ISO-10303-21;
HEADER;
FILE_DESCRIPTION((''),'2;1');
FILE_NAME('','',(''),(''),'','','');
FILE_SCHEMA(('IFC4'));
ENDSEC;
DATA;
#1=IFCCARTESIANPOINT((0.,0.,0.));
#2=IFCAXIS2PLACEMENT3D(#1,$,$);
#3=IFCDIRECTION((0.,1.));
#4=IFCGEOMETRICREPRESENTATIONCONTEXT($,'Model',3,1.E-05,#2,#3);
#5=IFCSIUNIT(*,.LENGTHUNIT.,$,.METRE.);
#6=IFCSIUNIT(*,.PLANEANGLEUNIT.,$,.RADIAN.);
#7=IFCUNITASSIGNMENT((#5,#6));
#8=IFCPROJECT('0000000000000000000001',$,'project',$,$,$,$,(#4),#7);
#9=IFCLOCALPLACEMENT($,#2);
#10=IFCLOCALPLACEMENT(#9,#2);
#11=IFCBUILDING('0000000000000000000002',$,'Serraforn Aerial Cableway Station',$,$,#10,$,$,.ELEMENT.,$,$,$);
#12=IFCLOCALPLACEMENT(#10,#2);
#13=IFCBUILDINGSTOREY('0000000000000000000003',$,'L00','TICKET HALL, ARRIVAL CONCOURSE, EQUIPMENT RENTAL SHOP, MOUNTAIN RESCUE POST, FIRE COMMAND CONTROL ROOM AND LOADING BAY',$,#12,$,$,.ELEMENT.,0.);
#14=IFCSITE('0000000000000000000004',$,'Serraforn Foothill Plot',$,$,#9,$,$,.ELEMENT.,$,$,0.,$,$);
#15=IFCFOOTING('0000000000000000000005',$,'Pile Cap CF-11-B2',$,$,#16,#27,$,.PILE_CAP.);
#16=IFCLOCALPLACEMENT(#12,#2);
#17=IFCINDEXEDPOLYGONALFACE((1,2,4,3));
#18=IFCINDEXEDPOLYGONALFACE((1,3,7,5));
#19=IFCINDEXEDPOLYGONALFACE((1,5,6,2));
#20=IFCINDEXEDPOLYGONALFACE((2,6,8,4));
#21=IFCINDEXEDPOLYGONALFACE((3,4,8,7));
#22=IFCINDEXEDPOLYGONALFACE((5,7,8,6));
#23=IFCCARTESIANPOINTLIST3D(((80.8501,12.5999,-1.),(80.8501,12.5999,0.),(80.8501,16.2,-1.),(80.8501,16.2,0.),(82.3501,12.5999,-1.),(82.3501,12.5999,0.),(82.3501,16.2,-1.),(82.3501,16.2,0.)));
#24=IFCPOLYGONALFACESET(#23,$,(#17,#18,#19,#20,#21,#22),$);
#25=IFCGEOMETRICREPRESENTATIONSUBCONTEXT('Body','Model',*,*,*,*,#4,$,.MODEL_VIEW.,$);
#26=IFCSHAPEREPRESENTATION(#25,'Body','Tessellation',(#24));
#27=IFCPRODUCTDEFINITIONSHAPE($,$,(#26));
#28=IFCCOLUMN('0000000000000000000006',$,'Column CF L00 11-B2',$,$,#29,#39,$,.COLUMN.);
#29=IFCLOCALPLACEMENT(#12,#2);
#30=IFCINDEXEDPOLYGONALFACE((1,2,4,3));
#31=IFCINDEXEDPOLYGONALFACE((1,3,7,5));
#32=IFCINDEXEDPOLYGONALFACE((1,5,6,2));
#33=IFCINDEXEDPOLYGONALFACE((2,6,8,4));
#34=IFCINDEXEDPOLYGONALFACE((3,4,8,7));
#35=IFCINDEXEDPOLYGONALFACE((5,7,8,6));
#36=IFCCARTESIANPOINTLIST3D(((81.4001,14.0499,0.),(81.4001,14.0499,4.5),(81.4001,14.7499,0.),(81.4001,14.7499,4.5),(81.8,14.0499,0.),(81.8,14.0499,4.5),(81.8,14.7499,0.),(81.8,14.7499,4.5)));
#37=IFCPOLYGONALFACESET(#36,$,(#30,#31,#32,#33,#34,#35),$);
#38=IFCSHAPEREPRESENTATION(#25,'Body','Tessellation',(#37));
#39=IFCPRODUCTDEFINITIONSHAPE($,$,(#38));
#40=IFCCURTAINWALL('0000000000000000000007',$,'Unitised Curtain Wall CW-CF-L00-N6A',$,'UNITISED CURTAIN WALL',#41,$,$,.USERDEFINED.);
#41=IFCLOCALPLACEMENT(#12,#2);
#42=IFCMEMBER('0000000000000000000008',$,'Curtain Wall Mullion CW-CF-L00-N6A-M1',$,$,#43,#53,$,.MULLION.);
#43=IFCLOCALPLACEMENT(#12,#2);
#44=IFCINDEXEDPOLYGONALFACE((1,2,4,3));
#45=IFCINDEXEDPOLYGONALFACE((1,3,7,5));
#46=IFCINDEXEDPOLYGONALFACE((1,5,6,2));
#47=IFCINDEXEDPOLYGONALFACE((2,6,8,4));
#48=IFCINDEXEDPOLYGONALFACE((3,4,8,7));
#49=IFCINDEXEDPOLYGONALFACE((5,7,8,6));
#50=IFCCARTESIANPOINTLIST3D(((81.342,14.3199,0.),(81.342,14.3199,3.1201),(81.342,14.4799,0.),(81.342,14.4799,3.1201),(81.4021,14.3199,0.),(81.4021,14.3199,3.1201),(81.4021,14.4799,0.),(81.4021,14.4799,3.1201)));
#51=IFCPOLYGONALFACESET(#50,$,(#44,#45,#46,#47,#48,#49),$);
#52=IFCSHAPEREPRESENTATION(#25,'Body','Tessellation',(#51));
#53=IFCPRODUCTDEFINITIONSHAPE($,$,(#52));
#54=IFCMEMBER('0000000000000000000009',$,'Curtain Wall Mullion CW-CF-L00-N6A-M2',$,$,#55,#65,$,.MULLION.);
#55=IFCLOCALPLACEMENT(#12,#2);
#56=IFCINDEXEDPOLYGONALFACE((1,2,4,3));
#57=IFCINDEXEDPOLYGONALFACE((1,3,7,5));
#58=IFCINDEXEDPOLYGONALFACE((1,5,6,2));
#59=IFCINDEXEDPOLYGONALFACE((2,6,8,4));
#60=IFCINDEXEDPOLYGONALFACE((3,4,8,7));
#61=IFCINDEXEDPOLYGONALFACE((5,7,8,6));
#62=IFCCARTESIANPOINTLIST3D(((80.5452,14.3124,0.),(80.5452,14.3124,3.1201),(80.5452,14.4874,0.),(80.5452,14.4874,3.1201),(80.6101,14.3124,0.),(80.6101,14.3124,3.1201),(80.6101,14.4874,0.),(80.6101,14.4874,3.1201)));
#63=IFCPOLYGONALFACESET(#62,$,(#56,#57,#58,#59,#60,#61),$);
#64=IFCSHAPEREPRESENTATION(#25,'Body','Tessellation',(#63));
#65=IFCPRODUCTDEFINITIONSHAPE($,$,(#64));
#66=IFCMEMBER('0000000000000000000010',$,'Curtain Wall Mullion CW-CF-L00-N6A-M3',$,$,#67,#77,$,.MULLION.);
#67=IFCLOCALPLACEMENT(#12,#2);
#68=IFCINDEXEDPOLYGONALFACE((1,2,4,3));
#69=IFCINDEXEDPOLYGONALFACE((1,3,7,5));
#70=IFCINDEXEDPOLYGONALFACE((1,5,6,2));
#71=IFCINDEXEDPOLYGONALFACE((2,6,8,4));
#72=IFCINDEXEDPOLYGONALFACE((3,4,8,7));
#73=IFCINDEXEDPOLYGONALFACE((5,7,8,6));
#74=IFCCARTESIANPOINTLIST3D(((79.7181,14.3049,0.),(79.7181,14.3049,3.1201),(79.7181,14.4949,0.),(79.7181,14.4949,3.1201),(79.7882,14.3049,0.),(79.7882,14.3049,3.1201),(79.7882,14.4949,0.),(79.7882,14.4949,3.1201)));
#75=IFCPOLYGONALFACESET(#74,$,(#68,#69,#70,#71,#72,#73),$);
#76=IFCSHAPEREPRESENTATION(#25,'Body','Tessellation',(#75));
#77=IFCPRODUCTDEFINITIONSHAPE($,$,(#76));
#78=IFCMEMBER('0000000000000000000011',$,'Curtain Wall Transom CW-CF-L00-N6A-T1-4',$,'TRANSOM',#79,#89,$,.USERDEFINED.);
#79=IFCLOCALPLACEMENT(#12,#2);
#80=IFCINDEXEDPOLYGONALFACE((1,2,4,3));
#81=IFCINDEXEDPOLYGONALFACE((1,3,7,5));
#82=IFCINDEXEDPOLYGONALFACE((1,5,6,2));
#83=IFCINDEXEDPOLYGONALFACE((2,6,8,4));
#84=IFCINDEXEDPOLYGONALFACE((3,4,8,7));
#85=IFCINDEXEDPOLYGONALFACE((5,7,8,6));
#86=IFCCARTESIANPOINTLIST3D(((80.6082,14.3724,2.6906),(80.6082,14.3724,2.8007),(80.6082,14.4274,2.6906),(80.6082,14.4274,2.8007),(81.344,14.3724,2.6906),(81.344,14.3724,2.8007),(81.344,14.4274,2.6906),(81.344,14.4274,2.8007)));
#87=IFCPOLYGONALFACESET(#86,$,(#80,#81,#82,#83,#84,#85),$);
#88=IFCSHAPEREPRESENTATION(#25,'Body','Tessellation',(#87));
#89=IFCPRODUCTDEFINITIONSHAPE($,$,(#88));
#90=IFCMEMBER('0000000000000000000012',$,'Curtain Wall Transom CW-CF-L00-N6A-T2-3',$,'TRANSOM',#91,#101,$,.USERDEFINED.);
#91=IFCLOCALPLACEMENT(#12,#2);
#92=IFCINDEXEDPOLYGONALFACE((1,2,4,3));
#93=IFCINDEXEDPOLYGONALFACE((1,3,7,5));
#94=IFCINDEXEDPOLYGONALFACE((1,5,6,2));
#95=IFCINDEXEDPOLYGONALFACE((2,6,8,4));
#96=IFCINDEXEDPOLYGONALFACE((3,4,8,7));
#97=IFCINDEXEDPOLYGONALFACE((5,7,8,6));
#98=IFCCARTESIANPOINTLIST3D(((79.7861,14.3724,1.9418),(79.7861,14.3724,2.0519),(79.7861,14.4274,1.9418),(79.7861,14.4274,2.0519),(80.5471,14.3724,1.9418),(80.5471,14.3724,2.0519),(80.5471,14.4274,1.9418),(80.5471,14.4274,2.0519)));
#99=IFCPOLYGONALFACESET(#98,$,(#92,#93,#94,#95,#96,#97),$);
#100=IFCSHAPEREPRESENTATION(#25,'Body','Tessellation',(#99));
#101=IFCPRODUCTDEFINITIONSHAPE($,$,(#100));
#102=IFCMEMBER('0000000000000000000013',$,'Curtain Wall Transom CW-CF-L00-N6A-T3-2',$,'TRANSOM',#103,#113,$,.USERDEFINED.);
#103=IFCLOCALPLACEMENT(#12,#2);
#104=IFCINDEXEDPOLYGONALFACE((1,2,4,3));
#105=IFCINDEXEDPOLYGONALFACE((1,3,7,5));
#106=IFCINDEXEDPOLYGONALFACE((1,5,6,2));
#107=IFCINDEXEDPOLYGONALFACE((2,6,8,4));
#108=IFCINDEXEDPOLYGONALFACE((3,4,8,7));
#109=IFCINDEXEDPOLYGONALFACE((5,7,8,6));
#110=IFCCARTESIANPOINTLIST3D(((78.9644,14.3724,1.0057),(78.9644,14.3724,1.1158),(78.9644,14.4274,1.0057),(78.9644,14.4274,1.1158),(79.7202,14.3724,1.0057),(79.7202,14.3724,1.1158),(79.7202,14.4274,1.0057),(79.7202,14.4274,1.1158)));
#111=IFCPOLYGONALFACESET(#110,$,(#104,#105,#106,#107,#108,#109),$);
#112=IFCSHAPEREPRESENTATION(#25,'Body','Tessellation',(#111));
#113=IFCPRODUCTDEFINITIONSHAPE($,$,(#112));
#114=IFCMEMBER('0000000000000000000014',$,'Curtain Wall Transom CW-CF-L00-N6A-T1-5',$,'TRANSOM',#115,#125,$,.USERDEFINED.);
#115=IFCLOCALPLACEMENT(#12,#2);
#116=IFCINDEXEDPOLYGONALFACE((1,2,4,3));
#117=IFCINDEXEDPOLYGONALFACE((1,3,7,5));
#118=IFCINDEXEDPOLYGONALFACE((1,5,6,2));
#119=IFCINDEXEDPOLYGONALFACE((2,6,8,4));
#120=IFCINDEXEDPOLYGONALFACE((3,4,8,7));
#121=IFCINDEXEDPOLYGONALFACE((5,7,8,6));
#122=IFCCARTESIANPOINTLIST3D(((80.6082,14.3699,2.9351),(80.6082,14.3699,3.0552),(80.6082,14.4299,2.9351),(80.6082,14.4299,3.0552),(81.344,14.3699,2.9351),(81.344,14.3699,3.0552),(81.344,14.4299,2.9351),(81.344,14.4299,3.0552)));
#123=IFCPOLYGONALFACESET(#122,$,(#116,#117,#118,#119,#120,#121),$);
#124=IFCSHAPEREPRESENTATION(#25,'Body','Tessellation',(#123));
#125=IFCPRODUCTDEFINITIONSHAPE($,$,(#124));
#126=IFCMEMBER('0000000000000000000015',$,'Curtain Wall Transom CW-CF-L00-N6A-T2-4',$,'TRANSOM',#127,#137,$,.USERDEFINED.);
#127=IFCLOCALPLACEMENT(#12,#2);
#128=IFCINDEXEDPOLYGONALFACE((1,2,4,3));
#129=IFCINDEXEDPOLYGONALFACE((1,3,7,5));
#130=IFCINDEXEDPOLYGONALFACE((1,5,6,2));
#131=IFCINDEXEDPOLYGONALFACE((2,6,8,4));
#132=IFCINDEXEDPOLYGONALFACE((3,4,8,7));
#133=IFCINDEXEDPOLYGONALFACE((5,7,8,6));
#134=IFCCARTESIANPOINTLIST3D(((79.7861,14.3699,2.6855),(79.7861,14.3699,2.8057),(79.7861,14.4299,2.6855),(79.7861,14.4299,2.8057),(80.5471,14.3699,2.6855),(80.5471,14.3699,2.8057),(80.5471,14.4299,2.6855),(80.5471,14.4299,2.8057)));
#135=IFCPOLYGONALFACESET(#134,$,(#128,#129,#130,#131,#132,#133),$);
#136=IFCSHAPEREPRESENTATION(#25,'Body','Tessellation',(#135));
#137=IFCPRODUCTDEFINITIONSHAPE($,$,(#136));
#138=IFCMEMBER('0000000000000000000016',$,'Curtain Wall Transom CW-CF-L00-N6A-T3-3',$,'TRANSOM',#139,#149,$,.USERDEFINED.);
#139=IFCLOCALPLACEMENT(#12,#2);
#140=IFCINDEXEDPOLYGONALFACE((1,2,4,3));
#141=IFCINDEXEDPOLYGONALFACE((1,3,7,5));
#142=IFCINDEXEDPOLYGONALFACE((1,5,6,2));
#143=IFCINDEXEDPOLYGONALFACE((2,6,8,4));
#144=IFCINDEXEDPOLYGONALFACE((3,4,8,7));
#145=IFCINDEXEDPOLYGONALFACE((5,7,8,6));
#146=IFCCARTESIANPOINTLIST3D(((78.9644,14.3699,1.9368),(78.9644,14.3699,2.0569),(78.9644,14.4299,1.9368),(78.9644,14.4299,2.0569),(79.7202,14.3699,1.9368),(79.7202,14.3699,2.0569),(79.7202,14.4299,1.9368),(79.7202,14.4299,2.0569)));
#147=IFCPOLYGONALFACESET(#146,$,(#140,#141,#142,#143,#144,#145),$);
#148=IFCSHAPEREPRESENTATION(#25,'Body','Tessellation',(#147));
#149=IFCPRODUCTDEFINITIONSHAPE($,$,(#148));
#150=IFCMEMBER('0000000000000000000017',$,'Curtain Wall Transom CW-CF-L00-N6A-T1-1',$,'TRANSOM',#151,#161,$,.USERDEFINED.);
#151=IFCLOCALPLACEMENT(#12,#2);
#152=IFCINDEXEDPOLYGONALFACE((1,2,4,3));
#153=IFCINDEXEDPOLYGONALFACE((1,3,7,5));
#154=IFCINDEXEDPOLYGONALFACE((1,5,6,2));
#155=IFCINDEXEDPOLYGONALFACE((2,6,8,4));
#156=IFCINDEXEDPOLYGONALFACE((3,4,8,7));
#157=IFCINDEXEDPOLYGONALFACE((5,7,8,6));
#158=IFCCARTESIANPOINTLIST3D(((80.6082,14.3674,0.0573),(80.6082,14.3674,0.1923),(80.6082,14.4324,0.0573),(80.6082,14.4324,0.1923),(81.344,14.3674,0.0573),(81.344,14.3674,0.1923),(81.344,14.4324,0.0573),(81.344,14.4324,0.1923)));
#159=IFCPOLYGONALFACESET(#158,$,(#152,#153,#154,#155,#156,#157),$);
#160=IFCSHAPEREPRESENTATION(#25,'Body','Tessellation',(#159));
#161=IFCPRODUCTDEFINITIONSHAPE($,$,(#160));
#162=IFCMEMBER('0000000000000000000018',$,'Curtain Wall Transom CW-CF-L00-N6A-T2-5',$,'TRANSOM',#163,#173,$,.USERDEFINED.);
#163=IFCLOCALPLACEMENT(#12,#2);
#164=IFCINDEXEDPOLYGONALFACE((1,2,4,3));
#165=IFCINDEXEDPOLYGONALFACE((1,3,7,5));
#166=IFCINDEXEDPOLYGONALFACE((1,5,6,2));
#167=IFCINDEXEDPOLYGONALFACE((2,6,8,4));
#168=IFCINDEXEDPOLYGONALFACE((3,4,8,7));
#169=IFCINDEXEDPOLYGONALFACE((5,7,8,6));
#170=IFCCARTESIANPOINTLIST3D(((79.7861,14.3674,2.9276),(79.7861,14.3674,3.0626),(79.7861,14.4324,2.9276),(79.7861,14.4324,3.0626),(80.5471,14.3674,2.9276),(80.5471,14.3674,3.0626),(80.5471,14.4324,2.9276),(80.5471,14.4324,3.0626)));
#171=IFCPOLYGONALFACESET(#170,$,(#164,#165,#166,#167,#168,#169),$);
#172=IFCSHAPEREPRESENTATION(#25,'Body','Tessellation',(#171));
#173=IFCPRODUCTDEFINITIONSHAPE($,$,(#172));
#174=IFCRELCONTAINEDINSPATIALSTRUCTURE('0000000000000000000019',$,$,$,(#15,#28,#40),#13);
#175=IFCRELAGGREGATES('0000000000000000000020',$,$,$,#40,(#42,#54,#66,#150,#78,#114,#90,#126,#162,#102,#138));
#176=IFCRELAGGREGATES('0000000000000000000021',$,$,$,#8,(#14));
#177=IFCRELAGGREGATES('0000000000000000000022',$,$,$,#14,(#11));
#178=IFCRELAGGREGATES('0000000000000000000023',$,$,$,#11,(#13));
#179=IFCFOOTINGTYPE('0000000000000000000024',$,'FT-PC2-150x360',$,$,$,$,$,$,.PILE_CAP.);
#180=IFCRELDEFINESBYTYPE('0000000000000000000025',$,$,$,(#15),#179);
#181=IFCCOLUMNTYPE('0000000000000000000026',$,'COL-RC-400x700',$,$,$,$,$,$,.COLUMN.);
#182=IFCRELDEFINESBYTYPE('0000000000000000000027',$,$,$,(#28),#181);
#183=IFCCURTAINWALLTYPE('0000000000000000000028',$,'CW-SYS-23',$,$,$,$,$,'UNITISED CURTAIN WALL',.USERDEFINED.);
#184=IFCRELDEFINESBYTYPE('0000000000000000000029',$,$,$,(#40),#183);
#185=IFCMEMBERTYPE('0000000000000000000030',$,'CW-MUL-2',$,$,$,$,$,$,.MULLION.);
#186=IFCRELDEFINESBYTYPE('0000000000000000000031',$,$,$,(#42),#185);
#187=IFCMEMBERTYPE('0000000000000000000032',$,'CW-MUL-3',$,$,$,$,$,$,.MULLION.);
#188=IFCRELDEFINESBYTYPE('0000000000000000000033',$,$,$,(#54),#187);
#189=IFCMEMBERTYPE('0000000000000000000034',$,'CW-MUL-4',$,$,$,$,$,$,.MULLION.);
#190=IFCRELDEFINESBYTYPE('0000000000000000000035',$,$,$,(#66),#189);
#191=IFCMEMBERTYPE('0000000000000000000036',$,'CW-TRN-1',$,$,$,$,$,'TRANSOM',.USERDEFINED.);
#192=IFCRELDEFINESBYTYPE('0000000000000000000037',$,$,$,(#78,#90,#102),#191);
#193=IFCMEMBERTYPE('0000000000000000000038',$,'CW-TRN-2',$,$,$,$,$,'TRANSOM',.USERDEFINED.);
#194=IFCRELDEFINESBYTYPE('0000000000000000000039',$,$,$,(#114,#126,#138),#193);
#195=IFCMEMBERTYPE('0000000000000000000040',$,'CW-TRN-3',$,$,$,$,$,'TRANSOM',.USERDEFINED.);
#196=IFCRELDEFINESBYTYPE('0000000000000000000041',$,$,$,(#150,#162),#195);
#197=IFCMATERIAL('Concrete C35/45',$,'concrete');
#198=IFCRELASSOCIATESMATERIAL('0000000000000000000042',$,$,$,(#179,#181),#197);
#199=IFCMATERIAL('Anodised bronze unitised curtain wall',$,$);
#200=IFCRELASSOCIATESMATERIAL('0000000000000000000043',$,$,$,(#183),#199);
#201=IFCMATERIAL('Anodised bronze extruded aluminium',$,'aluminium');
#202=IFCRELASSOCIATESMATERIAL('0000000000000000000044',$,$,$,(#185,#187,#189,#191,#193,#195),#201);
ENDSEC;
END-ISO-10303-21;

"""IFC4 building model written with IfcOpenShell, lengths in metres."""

from ifc_helpers import new_model, si_unit, direction, frame, origin, origin_2d, place, context, subcontext, project, spatial, rectangle, extrude, material, material_profile, profile_set, type_object, element, aggregate, save


model = new_model("IFC4")

# Units and contexts
model_context = context("Model", 3, precision=1e-05, world=origin(), true_north=direction((0.0, 1.0)))
body_context = subcontext(model_context, "Body", "Model", "MODEL_VIEW")
ifc_project = project(units=[si_unit("LENGTHUNIT", "METRE"), si_unit("PLANEANGLEUNIT", "RADIAN")], contexts=[model_context])

# Site, building, storey
site_placement = place(None, origin())
site = spatial("IfcSite", under=ifc_project, at=site_placement, Name="Serraforn Foothill Plot", CompositionType="ELEMENT", RefElevation=0.0)
building_placement = place(site_placement, origin())
building = spatial("IfcBuilding", under=site, at=building_placement, Name="Serraforn Aerial Cableway Station", CompositionType="ELEMENT")
storey_placement = place(building_placement, origin())
storey = spatial("IfcBuildingStorey", under=building, at=storey_placement, Name="L00", Description="TICKET HALL, ARRIVAL CONCOURSE, EQUIPMENT RENTAL SHOP, MOUNTAIN RESCUE POST, FIRE COMMAND CONTROL ROOM AND LOADING BAY", CompositionType="ELEMENT", Elevation=0.0)

# Footing
ifc_material_1 = material(Name="Concrete C35/45", Category="concrete")
footing_type = type_object("IfcFootingType", Name="FT-PC2-150x360", PredefinedType="PILE_CAP", material=ifc_material_1)
footing_placement = place(storey_placement, frame((81.6001, 14.3999, -1.0), z_axis=(0.0, 0.0, 1.0), x_axis=(1.0, 0.0, 0.0)))
element("IfcFooting", 1, at=footing_placement, inside=storey, type_object=footing_type, Name="Pile Cap CF-11-B2", PredefinedType="PILE_CAP", context=body_context, shape_type="SweptSolid", body=[
    extrude(rectangle(XDim=1.5, YDim=3.6001, at=origin_2d()), origin(), (0.0, 0.0, 1.0), 1.0),
])

# Column
ifc_material_profile_1 = material_profile(ifc_material_1, rectangle(XDim=0.3999, YDim=0.7, at=origin_2d()), Name="RC 400x700")
ifc_profile_set_1 = profile_set([ifc_material_profile_1], Name="Concrete C35/45")
column_type = type_object("IfcColumnType", Name="COL-RC-400x700", PredefinedType="COLUMN", material=ifc_profile_set_1)
column_placement = place(storey_placement, frame((81.6001, 14.3999, 0.0), z_axis=(0.0, 0.0, 1.0), x_axis=(1.0, 0.0, 0.0)))
element("IfcColumn", 2, at=column_placement, inside=storey, type_object=column_type, Name="Column CF L00 11-B2", PredefinedType="COLUMN", context=body_context, shape_type="SweptSolid", body=[
    extrude(rectangle(XDim=0.3999, YDim=0.7, at=origin_2d()), origin(), (0.0, 0.0, 1.0), 4.5),
])

# Curtain wall, members
ifc_material_2 = material(Name="Anodised bronze unitised curtain wall")
curtain_wall_type = type_object("IfcCurtainWallType", Name="CW-SYS-23", ElementType="UNITISED CURTAIN WALL", PredefinedType="USERDEFINED", material=ifc_material_2)
curtain_wall_placement = place(storey_placement, origin())
curtain_wall = element("IfcCurtainWall", 3, at=curtain_wall_placement, inside=storey, type_object=curtain_wall_type, Name="Unitised Curtain Wall CW-CF-L00-N6A", ObjectType="UNITISED CURTAIN WALL", PredefinedType="USERDEFINED")
ifc_material_3 = material(Name="Anodised bronze extruded aluminium", Category="aluminium")
ifc_material_profile_2 = material_profile(ifc_material_3, rectangle(XDim=0.0601, YDim=0.1599, at=origin_2d()), Name="CW MULLION 60x160")
ifc_profile_set_2 = profile_set([ifc_material_profile_2], Name="Anodised bronze extruded aluminium")
member_type_1 = type_object("IfcMemberType", Name="CW-MUL-2", PredefinedType="MULLION", material=ifc_profile_set_2)
member_1_placement = place(storey_placement, frame((81.3721, 14.3999, 0.0), z_axis=(0.0, 0.0, 1.0), x_axis=(-1.0, 0.0, 0.0)))
member_1 = element("IfcMember", 4, at=member_1_placement, type_object=member_type_1, Name="Curtain Wall Mullion CW-CF-L00-N6A-M1", PredefinedType="MULLION", context=body_context, shape_type="SweptSolid", body=[
    extrude(rectangle(XDim=0.0601, YDim=0.1599, at=origin_2d()), origin(), (0.0, 0.0, 1.0), 3.1201),
])
ifc_material_profile_3 = material_profile(ifc_material_3, rectangle(XDim=0.0649, YDim=0.175, at=origin_2d()), Name="CW MULLION 65x175")
ifc_profile_set_3 = profile_set([ifc_material_profile_3], Name="Anodised bronze extruded aluminium")
member_type_2 = type_object("IfcMemberType", Name="CW-MUL-3", PredefinedType="MULLION", material=ifc_profile_set_3)
member_2_placement = place(storey_placement, frame((80.5776, 14.3999, 0.0), z_axis=(0.0, 0.0, 1.0), x_axis=(-1.0, 0.0, 0.0)))
member_2 = element("IfcMember", 5, at=member_2_placement, type_object=member_type_2, Name="Curtain Wall Mullion CW-CF-L00-N6A-M2", PredefinedType="MULLION", context=body_context, shape_type="SweptSolid", body=[
    extrude(rectangle(XDim=0.0649, YDim=0.175, at=origin_2d()), origin(), (0.0, 0.0, 1.0), 3.1201),
])
ifc_material_profile_4 = material_profile(ifc_material_3, rectangle(XDim=0.0701, YDim=0.1899, at=origin_2d()), Name="CW MULLION 70x190")
ifc_profile_set_4 = profile_set([ifc_material_profile_4], Name="Anodised bronze extruded aluminium")
member_type_3 = type_object("IfcMemberType", Name="CW-MUL-4", PredefinedType="MULLION", material=ifc_profile_set_4)
member_3_placement = place(storey_placement, frame((79.7532, 14.3999, 0.0), z_axis=(0.0, 0.0, 1.0), x_axis=(-1.0, 0.0, 0.0)))
member_3 = element("IfcMember", 6, at=member_3_placement, type_object=member_type_3, Name="Curtain Wall Mullion CW-CF-L00-N6A-M3", PredefinedType="MULLION", context=body_context, shape_type="SweptSolid", body=[
    extrude(rectangle(XDim=0.0701, YDim=0.1899, at=origin_2d()), origin(), (0.0, 0.0, 1.0), 3.1201),
])
ifc_material_profile_5 = material_profile(ifc_material_3, rectangle(XDim=0.0549, YDim=0.1101, at=origin_2d()), Name="CW TRANSOM 55x110")
ifc_profile_set_5 = profile_set([ifc_material_profile_5], Name="Anodised bronze extruded aluminium")
member_type_4 = type_object("IfcMemberType", Name="CW-TRN-1", ElementType="TRANSOM", PredefinedType="USERDEFINED", material=ifc_profile_set_5)
member_4_placement = place(storey_placement, frame((81.344, 14.3999, 2.7456), z_axis=(-1.0, 0.0, 0.0), x_axis=(0.0, -1.0, 0.0)))
member_4 = element("IfcMember", 7, at=member_4_placement, type_object=member_type_4, Name="Curtain Wall Transom CW-CF-L00-N6A-T1-4", ObjectType="TRANSOM", PredefinedType="USERDEFINED", context=body_context, shape_type="SweptSolid", body=[
    extrude(rectangle(XDim=0.0549, YDim=0.1101, at=origin_2d()), origin(), (0.0, 0.0, 1.0), 0.7358),
])
member_5_placement = place(storey_placement, frame((80.5471, 14.3999, 1.9968), z_axis=(-1.0, 0.0, 0.0), x_axis=(0.0, -1.0, 0.0)))
member_5 = element("IfcMember", 8, at=member_5_placement, type_object=member_type_4, Name="Curtain Wall Transom CW-CF-L00-N6A-T2-3", ObjectType="TRANSOM", PredefinedType="USERDEFINED", context=body_context, shape_type="SweptSolid", body=[
    extrude(rectangle(XDim=0.0549, YDim=0.1101, at=origin_2d()), origin(), (0.0, 0.0, 1.0), 0.761),
])
member_6_placement = place(storey_placement, frame((79.7202, 14.3999, 1.0608), z_axis=(-1.0, 0.0, 0.0), x_axis=(0.0, -1.0, 0.0)))
member_6 = element("IfcMember", 9, at=member_6_placement, type_object=member_type_4, Name="Curtain Wall Transom CW-CF-L00-N6A-T3-2", ObjectType="TRANSOM", PredefinedType="USERDEFINED", context=body_context, shape_type="SweptSolid", body=[
    extrude(rectangle(XDim=0.0549, YDim=0.1101, at=origin_2d()), origin(), (0.0, 0.0, 1.0), 0.7559),
])
ifc_material_profile_6 = material_profile(ifc_material_3, rectangle(XDim=0.0601, YDim=0.1201, at=origin_2d()), Name="CW TRANSOM 60x120")
ifc_profile_set_6 = profile_set([ifc_material_profile_6], Name="Anodised bronze extruded aluminium")
member_type_5 = type_object("IfcMemberType", Name="CW-TRN-2", ElementType="TRANSOM", PredefinedType="USERDEFINED", material=ifc_profile_set_6)
member_7_placement = place(storey_placement, frame((81.344, 14.3999, 2.9951), z_axis=(-1.0, 0.0, 0.0), x_axis=(0.0, -1.0, 0.0)))
member_7 = element("IfcMember", 10, at=member_7_placement, type_object=member_type_5, Name="Curtain Wall Transom CW-CF-L00-N6A-T1-5", ObjectType="TRANSOM", PredefinedType="USERDEFINED", context=body_context, shape_type="SweptSolid", body=[
    extrude(rectangle(XDim=0.0601, YDim=0.1201, at=origin_2d()), origin(), (0.0, 0.0, 1.0), 0.7358),
])
member_8_placement = place(storey_placement, frame((80.5471, 14.3999, 2.7456), z_axis=(-1.0, 0.0, 0.0), x_axis=(0.0, -1.0, 0.0)))
member_8 = element("IfcMember", 11, at=member_8_placement, type_object=member_type_5, Name="Curtain Wall Transom CW-CF-L00-N6A-T2-4", ObjectType="TRANSOM", PredefinedType="USERDEFINED", context=body_context, shape_type="SweptSolid", body=[
    extrude(rectangle(XDim=0.0601, YDim=0.1201, at=origin_2d()), origin(), (0.0, 0.0, 1.0), 0.761),
])
member_9_placement = place(storey_placement, frame((79.7202, 14.3999, 1.9968), z_axis=(-1.0, 0.0, 0.0), x_axis=(0.0, -1.0, 0.0)))
member_9 = element("IfcMember", 12, at=member_9_placement, type_object=member_type_5, Name="Curtain Wall Transom CW-CF-L00-N6A-T3-3", ObjectType="TRANSOM", PredefinedType="USERDEFINED", context=body_context, shape_type="SweptSolid", body=[
    extrude(rectangle(XDim=0.0601, YDim=0.1201, at=origin_2d()), origin(), (0.0, 0.0, 1.0), 0.7559),
])
ifc_material_profile_7 = material_profile(ifc_material_3, rectangle(XDim=0.0649, YDim=0.135, at=origin_2d()), Name="CW TRANSOM 65x135")
ifc_profile_set_7 = profile_set([ifc_material_profile_7], Name="Anodised bronze extruded aluminium")
member_type_6 = type_object("IfcMemberType", Name="CW-TRN-3", ElementType="TRANSOM", PredefinedType="USERDEFINED", material=ifc_profile_set_7)
member_10_placement = place(storey_placement, frame((81.344, 14.3999, 0.1248), z_axis=(-1.0, 0.0, 0.0), x_axis=(0.0, -1.0, 0.0)))
member_10 = element("IfcMember", 13, at=member_10_placement, type_object=member_type_6, Name="Curtain Wall Transom CW-CF-L00-N6A-T1-1", ObjectType="TRANSOM", PredefinedType="USERDEFINED", context=body_context, shape_type="SweptSolid", body=[
    extrude(rectangle(XDim=0.0649, YDim=0.135, at=origin_2d()), origin(), (0.0, 0.0, 1.0), 0.7358),
])
member_11_placement = place(storey_placement, frame((80.5471, 14.3999, 2.9951), z_axis=(-1.0, 0.0, 0.0), x_axis=(0.0, -1.0, 0.0)))
member_11 = element("IfcMember", 14, at=member_11_placement, type_object=member_type_6, Name="Curtain Wall Transom CW-CF-L00-N6A-T2-5", ObjectType="TRANSOM", PredefinedType="USERDEFINED", context=body_context, shape_type="SweptSolid", body=[
    extrude(rectangle(XDim=0.0649, YDim=0.135, at=origin_2d()), origin(), (0.0, 0.0, 1.0), 0.761),
])
aggregate(curtain_wall, [member_1, member_2, member_3, member_10, member_4, member_7, member_5, member_8, member_11, member_6, member_9])

save(model, "model.ifc")
